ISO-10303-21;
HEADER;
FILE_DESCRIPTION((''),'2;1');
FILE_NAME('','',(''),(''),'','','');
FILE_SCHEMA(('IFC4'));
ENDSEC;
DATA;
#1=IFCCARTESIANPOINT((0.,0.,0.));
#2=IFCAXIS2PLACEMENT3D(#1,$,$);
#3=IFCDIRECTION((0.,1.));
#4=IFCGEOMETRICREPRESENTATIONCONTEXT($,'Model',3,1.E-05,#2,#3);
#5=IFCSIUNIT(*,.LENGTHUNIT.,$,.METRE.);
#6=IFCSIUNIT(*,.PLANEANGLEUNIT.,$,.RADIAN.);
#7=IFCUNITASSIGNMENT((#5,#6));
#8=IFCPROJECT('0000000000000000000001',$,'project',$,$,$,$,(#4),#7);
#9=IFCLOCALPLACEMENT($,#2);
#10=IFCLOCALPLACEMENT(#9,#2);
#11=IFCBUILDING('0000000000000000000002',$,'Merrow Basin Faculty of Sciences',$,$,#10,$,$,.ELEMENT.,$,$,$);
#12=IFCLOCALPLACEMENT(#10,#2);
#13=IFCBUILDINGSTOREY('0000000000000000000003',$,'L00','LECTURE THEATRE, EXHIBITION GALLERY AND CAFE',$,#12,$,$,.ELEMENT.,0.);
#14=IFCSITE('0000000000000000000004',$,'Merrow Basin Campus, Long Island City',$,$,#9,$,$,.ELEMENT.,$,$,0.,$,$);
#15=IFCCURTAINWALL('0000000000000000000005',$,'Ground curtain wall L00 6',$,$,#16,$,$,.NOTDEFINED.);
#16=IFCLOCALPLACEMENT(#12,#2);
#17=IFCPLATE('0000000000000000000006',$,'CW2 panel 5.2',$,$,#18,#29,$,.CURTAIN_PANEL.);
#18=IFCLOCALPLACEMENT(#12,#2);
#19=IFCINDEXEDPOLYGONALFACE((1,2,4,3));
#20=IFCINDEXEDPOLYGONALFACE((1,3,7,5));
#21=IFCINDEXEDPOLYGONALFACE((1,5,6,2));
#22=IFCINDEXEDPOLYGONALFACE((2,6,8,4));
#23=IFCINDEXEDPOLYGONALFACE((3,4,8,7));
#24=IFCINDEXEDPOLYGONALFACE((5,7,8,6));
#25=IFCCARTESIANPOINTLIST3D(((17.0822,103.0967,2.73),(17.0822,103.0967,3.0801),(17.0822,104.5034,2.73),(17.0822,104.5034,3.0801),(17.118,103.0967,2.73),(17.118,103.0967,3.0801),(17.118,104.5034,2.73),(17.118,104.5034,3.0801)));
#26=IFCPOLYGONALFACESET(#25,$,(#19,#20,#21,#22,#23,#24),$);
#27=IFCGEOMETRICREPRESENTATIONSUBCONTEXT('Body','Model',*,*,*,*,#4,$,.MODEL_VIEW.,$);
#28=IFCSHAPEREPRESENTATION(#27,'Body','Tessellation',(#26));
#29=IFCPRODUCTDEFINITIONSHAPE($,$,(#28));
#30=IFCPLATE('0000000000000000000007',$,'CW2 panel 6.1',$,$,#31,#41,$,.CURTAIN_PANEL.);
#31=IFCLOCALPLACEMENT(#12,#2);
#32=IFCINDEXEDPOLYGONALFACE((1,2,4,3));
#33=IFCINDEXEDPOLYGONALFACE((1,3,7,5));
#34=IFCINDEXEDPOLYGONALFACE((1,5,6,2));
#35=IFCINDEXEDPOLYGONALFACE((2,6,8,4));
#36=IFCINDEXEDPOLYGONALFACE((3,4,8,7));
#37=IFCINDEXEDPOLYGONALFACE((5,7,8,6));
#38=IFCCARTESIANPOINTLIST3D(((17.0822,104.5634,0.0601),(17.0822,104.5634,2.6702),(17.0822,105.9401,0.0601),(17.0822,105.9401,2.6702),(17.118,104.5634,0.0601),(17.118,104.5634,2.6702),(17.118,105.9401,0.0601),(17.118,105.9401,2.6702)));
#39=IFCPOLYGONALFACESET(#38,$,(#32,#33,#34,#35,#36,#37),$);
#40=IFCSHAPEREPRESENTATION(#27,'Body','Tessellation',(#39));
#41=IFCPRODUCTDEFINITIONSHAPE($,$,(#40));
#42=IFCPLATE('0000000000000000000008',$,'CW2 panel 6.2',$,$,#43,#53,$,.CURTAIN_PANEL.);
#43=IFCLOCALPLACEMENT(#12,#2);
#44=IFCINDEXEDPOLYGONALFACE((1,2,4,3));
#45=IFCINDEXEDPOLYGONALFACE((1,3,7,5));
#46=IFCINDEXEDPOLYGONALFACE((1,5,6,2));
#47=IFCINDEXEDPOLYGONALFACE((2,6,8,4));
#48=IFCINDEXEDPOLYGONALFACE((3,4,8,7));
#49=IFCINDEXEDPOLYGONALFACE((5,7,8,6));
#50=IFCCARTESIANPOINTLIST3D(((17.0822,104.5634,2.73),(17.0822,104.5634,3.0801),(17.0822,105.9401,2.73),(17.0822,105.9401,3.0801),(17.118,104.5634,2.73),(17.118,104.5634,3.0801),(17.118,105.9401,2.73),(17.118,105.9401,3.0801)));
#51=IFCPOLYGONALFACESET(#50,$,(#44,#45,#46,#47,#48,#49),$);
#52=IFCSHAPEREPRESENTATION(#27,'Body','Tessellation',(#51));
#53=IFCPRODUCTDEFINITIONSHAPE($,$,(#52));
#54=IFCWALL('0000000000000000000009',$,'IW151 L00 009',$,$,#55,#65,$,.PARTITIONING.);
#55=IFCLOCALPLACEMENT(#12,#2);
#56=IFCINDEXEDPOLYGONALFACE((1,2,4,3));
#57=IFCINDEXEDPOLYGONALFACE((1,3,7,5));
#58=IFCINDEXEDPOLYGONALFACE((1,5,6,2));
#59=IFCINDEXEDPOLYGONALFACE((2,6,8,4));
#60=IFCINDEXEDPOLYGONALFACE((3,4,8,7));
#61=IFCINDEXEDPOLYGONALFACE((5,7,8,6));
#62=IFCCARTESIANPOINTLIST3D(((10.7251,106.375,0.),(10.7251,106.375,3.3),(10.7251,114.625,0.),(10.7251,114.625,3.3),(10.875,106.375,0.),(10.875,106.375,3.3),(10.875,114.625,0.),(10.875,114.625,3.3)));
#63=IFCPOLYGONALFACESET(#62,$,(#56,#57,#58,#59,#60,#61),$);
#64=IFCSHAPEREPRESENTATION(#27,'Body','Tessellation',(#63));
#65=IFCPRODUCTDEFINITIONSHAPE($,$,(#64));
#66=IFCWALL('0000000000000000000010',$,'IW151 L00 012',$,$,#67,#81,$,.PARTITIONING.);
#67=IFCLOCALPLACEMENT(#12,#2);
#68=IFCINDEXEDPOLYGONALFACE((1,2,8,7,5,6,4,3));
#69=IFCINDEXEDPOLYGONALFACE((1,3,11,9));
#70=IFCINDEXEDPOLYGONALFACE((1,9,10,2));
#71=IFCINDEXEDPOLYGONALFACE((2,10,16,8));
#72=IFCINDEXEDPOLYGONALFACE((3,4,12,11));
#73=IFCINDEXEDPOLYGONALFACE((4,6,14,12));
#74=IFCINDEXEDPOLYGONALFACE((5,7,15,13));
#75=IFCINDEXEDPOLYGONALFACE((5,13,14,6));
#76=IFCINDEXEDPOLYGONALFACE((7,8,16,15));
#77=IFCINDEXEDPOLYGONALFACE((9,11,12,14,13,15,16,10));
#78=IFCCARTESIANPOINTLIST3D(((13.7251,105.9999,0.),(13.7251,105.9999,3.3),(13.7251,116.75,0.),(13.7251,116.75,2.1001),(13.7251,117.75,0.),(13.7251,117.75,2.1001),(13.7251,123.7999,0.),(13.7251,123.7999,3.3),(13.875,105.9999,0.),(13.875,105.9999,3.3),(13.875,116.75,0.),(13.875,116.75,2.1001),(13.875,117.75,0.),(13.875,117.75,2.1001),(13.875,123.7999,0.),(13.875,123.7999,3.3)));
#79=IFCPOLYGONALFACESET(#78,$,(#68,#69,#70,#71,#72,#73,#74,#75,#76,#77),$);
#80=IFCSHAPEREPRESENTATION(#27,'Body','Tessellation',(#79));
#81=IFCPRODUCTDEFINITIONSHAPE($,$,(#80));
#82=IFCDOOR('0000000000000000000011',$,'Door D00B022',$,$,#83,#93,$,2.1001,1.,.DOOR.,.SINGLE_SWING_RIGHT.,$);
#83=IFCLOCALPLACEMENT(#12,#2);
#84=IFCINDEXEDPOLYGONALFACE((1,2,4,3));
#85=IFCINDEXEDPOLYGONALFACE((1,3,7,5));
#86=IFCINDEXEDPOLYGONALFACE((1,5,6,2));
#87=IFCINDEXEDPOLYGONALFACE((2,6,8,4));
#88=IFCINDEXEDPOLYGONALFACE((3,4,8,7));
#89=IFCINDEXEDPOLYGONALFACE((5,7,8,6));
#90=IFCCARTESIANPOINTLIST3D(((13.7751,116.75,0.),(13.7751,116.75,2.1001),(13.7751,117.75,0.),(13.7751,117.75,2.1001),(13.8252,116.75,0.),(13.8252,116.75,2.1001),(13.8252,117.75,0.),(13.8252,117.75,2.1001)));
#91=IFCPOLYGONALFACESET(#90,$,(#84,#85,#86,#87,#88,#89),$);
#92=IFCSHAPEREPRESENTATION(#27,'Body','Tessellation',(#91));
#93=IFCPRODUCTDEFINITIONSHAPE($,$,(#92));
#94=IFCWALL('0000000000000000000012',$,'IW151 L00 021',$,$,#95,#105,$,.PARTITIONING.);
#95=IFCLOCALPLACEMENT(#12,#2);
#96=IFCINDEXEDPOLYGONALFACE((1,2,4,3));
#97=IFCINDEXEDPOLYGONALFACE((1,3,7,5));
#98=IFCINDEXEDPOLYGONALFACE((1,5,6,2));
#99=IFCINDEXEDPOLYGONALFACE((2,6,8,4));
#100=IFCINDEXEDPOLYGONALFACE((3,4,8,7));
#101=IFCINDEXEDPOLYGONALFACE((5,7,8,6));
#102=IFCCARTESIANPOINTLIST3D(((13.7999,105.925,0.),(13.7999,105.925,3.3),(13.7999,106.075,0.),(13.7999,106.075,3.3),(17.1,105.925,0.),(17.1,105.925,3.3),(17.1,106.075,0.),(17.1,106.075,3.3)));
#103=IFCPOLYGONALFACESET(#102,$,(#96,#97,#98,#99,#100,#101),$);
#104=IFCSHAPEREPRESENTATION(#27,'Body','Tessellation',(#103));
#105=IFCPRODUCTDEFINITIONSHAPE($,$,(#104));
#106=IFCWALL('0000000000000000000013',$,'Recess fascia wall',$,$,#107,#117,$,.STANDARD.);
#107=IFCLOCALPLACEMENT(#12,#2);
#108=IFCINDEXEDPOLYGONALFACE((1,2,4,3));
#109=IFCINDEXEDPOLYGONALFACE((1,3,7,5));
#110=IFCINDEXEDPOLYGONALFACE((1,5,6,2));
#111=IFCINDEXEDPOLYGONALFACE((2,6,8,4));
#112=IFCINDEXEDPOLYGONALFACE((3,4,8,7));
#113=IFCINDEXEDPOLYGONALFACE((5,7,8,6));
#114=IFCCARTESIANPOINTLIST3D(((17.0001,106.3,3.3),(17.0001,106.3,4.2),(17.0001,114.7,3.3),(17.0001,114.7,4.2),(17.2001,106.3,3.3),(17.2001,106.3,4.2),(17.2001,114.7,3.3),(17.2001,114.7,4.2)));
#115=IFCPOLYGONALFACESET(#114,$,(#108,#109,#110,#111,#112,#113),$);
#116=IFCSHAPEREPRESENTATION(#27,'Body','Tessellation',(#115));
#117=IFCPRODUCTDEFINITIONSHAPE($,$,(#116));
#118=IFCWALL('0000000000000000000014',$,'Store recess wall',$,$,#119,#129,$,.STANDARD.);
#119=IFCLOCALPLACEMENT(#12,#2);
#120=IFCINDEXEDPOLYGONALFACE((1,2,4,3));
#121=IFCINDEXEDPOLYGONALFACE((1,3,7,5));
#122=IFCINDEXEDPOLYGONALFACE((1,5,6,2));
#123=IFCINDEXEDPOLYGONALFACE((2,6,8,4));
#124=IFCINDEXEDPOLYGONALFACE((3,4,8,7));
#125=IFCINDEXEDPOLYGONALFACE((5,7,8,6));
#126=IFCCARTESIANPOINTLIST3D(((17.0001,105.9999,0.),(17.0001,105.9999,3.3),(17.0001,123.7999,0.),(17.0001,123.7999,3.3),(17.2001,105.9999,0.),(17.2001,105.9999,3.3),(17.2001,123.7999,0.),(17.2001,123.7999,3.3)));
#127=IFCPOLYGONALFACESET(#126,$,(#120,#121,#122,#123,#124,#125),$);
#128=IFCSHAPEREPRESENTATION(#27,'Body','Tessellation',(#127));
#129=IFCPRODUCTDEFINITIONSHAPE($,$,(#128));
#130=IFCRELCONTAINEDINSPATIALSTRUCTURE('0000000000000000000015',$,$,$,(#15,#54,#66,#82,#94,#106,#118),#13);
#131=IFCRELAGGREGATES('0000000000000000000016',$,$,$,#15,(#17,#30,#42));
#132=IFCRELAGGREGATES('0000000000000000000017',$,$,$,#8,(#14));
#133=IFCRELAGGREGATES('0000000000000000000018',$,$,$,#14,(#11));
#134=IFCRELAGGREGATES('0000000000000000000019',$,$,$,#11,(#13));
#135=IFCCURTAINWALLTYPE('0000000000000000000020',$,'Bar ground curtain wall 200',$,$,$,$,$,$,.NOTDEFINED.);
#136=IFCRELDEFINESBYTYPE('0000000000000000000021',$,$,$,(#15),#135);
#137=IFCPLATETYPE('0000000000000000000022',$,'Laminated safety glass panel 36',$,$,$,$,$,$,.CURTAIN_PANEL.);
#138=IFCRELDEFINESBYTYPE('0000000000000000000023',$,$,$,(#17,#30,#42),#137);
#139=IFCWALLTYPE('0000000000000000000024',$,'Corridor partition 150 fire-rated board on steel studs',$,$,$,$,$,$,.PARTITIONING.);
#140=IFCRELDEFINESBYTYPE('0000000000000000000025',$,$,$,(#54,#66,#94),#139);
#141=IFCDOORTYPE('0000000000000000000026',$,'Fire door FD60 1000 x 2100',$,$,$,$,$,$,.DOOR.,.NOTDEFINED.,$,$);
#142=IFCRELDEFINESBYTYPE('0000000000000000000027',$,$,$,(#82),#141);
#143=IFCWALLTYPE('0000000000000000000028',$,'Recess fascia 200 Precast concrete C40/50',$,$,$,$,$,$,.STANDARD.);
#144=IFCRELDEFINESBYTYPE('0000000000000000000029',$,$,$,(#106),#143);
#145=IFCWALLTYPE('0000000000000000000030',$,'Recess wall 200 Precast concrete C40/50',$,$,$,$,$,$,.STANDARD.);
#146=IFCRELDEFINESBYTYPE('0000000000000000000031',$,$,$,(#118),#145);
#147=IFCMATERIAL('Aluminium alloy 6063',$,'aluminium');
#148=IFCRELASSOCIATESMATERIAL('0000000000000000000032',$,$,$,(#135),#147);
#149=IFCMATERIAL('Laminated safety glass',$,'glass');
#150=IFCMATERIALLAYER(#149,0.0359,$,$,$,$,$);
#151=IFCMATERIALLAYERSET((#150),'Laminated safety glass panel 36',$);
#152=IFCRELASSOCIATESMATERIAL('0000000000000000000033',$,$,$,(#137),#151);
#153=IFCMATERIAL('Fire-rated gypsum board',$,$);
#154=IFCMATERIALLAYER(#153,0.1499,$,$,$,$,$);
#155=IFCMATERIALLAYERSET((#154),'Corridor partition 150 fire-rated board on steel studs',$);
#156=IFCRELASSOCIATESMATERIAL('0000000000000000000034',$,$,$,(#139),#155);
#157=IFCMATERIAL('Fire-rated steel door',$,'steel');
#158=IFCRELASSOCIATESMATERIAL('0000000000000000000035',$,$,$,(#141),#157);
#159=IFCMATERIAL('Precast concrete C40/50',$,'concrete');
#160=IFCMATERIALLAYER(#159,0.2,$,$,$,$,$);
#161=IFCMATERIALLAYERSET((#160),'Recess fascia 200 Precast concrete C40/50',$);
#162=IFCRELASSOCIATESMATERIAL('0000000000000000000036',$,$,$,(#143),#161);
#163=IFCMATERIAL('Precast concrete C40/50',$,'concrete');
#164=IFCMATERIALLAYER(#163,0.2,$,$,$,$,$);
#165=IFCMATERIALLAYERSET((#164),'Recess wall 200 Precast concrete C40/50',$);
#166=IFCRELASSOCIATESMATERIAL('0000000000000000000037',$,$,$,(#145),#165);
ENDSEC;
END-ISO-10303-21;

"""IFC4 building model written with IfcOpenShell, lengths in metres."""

from ifc_helpers import new_model, si_unit, direction, frame, frame_2d, origin, origin_2d, place, context, subcontext, project, spatial, rectangle, extrude, material, layer, layer_set, type_object, element, fill, aggregate, save


model = new_model("IFC4")

# Units and contexts
model_context = context("Model", 3, precision=1e-05, world=origin(), true_north=direction((0.0, 1.0)))
body_context = subcontext(model_context, "Body", "Model", "MODEL_VIEW")
ifc_project = project(units=[si_unit("LENGTHUNIT", "METRE"), si_unit("PLANEANGLEUNIT", "RADIAN")], contexts=[model_context])

# Site, building, storey
site_placement = place(None, origin())
site = spatial("IfcSite", under=ifc_project, at=site_placement, Name="Merrow Basin Campus, Long Island City", CompositionType="ELEMENT", RefElevation=0.0)
building_placement = place(site_placement, origin())
building = spatial("IfcBuilding", under=site, at=building_placement, Name="Merrow Basin Faculty of Sciences", CompositionType="ELEMENT")
storey_placement = place(building_placement, origin())
storey = spatial("IfcBuildingStorey", under=building, at=storey_placement, Name="L00", Description="LECTURE THEATRE, EXHIBITION GALLERY AND CAFE", CompositionType="ELEMENT", Elevation=0.0)

# Curtain wall
ifc_material_1 = material(Name="Aluminium alloy 6063", Category="aluminium")
curtain_wall_type = type_object("IfcCurtainWallType", Name="Bar ground curtain wall 200", PredefinedType="NOTDEFINED", material=ifc_material_1)
curtain_wall_1_placement = place(storey_placement, origin())
curtain_wall_1 = element("IfcCurtainWall", 1, at=curtain_wall_1_placement, inside=storey, type_object=curtain_wall_type, Name="Ground curtain wall L00 6", PredefinedType="NOTDEFINED")

# Plates
ifc_material_2 = material(Name="Laminated safety glass", Category="glass")
ifc_layer_1 = layer(ifc_material_2, 0.0359)
ifc_layer_set_1 = layer_set([ifc_layer_1], Name="Laminated safety glass panel 36")
plate_type = type_object("IfcPlateType", Name="Laminated safety glass panel 36", PredefinedType="CURTAIN_PANEL", material=ifc_layer_set_1)
plate_1_placement = place(storey_placement, frame((17.1001, 103.8, 2.73), z_axis=(0.0, 0.0, 1.0), x_axis=(0.0, 1.0, 0.0)))
plate_1 = element("IfcPlate", 2, at=plate_1_placement, type_object=plate_type, Name="CW2 panel 5.2", PredefinedType="CURTAIN_PANEL", context=body_context, shape_type="SweptSolid", body=[
    extrude(rectangle(XDim=1.4067, YDim=0.0359, at=origin_2d()), origin(), (0.0, 0.0, 1.0), 0.3501),
])
plate_2_placement = place(storey_placement, frame((17.1001, 105.2517, 0.0601), z_axis=(0.0, 0.0, 1.0), x_axis=(0.0, 1.0, 0.0)))
plate_2 = element("IfcPlate", 3, at=plate_2_placement, type_object=plate_type, Name="CW2 panel 6.1", PredefinedType="CURTAIN_PANEL", context=body_context, shape_type="SweptSolid", body=[
    extrude(rectangle(XDim=1.3767, YDim=0.0359, at=origin_2d()), origin(), (0.0, 0.0, 1.0), 2.6101),
])
plate_3_placement = place(storey_placement, frame((17.1001, 105.2517, 2.73), z_axis=(0.0, 0.0, 1.0), x_axis=(0.0, 1.0, 0.0)))
plate_3 = element("IfcPlate", 4, at=plate_3_placement, type_object=plate_type, Name="CW2 panel 6.2", PredefinedType="CURTAIN_PANEL", context=body_context, shape_type="SweptSolid", body=[
    extrude(rectangle(XDim=1.3767, YDim=0.0359, at=origin_2d()), origin(), (0.0, 0.0, 1.0), 0.3501),
])
aggregate(curtain_wall_1, [plate_1, plate_2, plate_3])

# Wall
ifc_material_3 = material(Name="Fire-rated gypsum board")
ifc_layer_2 = layer(ifc_material_3, 0.1499)
ifc_layer_set_2 = layer_set([ifc_layer_2], Name="Corridor partition 150 fire-rated board on steel studs")
wall_type_1 = type_object("IfcWallType", Name="Corridor partition 150 fire-rated board on steel studs", PredefinedType="PARTITIONING", material=ifc_layer_set_2)
wall_1_placement = place(storey_placement, frame((10.8, 106.375, 0.0), z_axis=(0.0, 0.0, 1.0), x_axis=(0.0, 1.0, 0.0)))
element("IfcWall", 5, at=wall_1_placement, inside=storey, type_object=wall_type_1, Name="IW151 L00 009", PredefinedType="PARTITIONING", context=body_context, shape_type="SweptSolid", body=[
    extrude(rectangle(XDim=8.25, YDim=0.1499, at=frame_2d((4.125, 0.0))), origin(), (0.0, 0.0, 1.0), 3.3),
])

# Wall, opening, door
wall_2_placement = place(storey_placement, frame((13.8, 106.0, 0.0), z_axis=(0.0, 0.0, 1.0), x_axis=(0.0, 1.0, 0.0)))
wall_2 = element("IfcWall", 6, at=wall_2_placement, inside=storey, type_object=wall_type_1, Name="IW151 L00 012", PredefinedType="PARTITIONING", context=body_context, shape_type="SweptSolid", body=[
    extrude(rectangle(XDim=17.8, YDim=0.1499, at=frame_2d((8.8999, 0.0))), origin(), (0.0, 0.0, 1.0), 3.3),
])
opening_placement = place(wall_2_placement, frame((10.75, 0.0, 0.0)))
opening = element("IfcOpeningElement", 7, at=opening_placement, cuts=wall_2, PredefinedType="OPENING", context=body_context, shape_type="SweptSolid", body=[
    extrude(rectangle(XDim=1.0, YDim=2.1001, at=frame_2d((0.5, 1.05))), frame((0.0, 0.085, 0.0), z_axis=(0.0, -1.0, 0.0), x_axis=(1.0, 0.0, 0.0)), (0.0, 0.0, 1.0), 0.1699),
])
ifc_material_4 = material(Name="Fire-rated steel door", Category="steel")
door_type = type_object("IfcDoorType", Name="Fire door FD60 1000 x 2100", OperationType="NOTDEFINED", PredefinedType="DOOR", material=ifc_material_4)
door_placement = place(opening_placement, origin())
door = element("IfcDoor", 8, at=door_placement, inside=storey, type_object=door_type, Name="Door D00B022", OperationType="SINGLE_SWING_RIGHT", OverallHeight=2.1001, OverallWidth=1.0, PredefinedType="DOOR", context=body_context, shape_type="SweptSolid", body=[
    extrude(rectangle(XDim=1.0, YDim=2.1001, at=frame_2d((0.5, 1.05))), frame((0.0, 0.0249, 0.0), z_axis=(0.0, -1.0, 0.0), x_axis=(1.0, 0.0, 0.0)), (0.0, 0.0, 1.0), 0.05),
])
fill(opening, door)

# Walls
wall_3_placement = place(storey_placement, frame((13.8, 106.0, 0.0), z_axis=(0.0, 0.0, 1.0), x_axis=(1.0, 0.0, 0.0)))
element("IfcWall", 9, at=wall_3_placement, inside=storey, type_object=wall_type_1, Name="IW151 L00 021", PredefinedType="PARTITIONING", context=body_context, shape_type="SweptSolid", body=[
    extrude(rectangle(XDim=3.3, YDim=0.1499, at=frame_2d((1.6499, 0.0))), origin(), (0.0, 0.0, 1.0), 3.3),
])
ifc_material_5 = material(Name="Precast concrete C40/50", Category="concrete")
ifc_layer_3 = layer(ifc_material_5, 0.2)
ifc_layer_set_3 = layer_set([ifc_layer_3], Name="Recess fascia 200 Precast concrete C40/50")
wall_type_2 = type_object("IfcWallType", Name="Recess fascia 200 Precast concrete C40/50", PredefinedType="STANDARD", material=ifc_layer_set_3)
wall_4_placement = place(storey_placement, frame((17.1001, 106.3, 3.3), z_axis=(0.0, 0.0, 1.0), x_axis=(0.0, 1.0, 0.0)))
element("IfcWall", 10, at=wall_4_placement, inside=storey, type_object=wall_type_2, Name="Recess fascia wall", PredefinedType="STANDARD", context=body_context, shape_type="SweptSolid", body=[
    extrude(rectangle(XDim=8.3999, YDim=0.2, at=frame_2d((4.2, 0.0))), origin(), (0.0, 0.0, 1.0), 0.8999),
])
ifc_material_6 = material(Name="Precast concrete C40/50", Category="concrete")
ifc_layer_4 = layer(ifc_material_6, 0.2)
ifc_layer_set_4 = layer_set([ifc_layer_4], Name="Recess wall 200 Precast concrete C40/50")
wall_type_3 = type_object("IfcWallType", Name="Recess wall 200 Precast concrete C40/50", PredefinedType="STANDARD", material=ifc_layer_set_4)
wall_5_placement = place(storey_placement, frame((17.1001, 106.0, 0.0), z_axis=(0.0, 0.0, 1.0), x_axis=(0.0, 1.0, 0.0)))
element("IfcWall", 11, at=wall_5_placement, inside=storey, type_object=wall_type_3, Name="Store recess wall", PredefinedType="STANDARD", context=body_context, shape_type="SweptSolid", body=[
    extrude(rectangle(XDim=17.8, YDim=0.2, at=frame_2d((8.8999, 0.0))), origin(), (0.0, 0.0, 1.0), 3.3),
])

save(model, "model.ifc")
